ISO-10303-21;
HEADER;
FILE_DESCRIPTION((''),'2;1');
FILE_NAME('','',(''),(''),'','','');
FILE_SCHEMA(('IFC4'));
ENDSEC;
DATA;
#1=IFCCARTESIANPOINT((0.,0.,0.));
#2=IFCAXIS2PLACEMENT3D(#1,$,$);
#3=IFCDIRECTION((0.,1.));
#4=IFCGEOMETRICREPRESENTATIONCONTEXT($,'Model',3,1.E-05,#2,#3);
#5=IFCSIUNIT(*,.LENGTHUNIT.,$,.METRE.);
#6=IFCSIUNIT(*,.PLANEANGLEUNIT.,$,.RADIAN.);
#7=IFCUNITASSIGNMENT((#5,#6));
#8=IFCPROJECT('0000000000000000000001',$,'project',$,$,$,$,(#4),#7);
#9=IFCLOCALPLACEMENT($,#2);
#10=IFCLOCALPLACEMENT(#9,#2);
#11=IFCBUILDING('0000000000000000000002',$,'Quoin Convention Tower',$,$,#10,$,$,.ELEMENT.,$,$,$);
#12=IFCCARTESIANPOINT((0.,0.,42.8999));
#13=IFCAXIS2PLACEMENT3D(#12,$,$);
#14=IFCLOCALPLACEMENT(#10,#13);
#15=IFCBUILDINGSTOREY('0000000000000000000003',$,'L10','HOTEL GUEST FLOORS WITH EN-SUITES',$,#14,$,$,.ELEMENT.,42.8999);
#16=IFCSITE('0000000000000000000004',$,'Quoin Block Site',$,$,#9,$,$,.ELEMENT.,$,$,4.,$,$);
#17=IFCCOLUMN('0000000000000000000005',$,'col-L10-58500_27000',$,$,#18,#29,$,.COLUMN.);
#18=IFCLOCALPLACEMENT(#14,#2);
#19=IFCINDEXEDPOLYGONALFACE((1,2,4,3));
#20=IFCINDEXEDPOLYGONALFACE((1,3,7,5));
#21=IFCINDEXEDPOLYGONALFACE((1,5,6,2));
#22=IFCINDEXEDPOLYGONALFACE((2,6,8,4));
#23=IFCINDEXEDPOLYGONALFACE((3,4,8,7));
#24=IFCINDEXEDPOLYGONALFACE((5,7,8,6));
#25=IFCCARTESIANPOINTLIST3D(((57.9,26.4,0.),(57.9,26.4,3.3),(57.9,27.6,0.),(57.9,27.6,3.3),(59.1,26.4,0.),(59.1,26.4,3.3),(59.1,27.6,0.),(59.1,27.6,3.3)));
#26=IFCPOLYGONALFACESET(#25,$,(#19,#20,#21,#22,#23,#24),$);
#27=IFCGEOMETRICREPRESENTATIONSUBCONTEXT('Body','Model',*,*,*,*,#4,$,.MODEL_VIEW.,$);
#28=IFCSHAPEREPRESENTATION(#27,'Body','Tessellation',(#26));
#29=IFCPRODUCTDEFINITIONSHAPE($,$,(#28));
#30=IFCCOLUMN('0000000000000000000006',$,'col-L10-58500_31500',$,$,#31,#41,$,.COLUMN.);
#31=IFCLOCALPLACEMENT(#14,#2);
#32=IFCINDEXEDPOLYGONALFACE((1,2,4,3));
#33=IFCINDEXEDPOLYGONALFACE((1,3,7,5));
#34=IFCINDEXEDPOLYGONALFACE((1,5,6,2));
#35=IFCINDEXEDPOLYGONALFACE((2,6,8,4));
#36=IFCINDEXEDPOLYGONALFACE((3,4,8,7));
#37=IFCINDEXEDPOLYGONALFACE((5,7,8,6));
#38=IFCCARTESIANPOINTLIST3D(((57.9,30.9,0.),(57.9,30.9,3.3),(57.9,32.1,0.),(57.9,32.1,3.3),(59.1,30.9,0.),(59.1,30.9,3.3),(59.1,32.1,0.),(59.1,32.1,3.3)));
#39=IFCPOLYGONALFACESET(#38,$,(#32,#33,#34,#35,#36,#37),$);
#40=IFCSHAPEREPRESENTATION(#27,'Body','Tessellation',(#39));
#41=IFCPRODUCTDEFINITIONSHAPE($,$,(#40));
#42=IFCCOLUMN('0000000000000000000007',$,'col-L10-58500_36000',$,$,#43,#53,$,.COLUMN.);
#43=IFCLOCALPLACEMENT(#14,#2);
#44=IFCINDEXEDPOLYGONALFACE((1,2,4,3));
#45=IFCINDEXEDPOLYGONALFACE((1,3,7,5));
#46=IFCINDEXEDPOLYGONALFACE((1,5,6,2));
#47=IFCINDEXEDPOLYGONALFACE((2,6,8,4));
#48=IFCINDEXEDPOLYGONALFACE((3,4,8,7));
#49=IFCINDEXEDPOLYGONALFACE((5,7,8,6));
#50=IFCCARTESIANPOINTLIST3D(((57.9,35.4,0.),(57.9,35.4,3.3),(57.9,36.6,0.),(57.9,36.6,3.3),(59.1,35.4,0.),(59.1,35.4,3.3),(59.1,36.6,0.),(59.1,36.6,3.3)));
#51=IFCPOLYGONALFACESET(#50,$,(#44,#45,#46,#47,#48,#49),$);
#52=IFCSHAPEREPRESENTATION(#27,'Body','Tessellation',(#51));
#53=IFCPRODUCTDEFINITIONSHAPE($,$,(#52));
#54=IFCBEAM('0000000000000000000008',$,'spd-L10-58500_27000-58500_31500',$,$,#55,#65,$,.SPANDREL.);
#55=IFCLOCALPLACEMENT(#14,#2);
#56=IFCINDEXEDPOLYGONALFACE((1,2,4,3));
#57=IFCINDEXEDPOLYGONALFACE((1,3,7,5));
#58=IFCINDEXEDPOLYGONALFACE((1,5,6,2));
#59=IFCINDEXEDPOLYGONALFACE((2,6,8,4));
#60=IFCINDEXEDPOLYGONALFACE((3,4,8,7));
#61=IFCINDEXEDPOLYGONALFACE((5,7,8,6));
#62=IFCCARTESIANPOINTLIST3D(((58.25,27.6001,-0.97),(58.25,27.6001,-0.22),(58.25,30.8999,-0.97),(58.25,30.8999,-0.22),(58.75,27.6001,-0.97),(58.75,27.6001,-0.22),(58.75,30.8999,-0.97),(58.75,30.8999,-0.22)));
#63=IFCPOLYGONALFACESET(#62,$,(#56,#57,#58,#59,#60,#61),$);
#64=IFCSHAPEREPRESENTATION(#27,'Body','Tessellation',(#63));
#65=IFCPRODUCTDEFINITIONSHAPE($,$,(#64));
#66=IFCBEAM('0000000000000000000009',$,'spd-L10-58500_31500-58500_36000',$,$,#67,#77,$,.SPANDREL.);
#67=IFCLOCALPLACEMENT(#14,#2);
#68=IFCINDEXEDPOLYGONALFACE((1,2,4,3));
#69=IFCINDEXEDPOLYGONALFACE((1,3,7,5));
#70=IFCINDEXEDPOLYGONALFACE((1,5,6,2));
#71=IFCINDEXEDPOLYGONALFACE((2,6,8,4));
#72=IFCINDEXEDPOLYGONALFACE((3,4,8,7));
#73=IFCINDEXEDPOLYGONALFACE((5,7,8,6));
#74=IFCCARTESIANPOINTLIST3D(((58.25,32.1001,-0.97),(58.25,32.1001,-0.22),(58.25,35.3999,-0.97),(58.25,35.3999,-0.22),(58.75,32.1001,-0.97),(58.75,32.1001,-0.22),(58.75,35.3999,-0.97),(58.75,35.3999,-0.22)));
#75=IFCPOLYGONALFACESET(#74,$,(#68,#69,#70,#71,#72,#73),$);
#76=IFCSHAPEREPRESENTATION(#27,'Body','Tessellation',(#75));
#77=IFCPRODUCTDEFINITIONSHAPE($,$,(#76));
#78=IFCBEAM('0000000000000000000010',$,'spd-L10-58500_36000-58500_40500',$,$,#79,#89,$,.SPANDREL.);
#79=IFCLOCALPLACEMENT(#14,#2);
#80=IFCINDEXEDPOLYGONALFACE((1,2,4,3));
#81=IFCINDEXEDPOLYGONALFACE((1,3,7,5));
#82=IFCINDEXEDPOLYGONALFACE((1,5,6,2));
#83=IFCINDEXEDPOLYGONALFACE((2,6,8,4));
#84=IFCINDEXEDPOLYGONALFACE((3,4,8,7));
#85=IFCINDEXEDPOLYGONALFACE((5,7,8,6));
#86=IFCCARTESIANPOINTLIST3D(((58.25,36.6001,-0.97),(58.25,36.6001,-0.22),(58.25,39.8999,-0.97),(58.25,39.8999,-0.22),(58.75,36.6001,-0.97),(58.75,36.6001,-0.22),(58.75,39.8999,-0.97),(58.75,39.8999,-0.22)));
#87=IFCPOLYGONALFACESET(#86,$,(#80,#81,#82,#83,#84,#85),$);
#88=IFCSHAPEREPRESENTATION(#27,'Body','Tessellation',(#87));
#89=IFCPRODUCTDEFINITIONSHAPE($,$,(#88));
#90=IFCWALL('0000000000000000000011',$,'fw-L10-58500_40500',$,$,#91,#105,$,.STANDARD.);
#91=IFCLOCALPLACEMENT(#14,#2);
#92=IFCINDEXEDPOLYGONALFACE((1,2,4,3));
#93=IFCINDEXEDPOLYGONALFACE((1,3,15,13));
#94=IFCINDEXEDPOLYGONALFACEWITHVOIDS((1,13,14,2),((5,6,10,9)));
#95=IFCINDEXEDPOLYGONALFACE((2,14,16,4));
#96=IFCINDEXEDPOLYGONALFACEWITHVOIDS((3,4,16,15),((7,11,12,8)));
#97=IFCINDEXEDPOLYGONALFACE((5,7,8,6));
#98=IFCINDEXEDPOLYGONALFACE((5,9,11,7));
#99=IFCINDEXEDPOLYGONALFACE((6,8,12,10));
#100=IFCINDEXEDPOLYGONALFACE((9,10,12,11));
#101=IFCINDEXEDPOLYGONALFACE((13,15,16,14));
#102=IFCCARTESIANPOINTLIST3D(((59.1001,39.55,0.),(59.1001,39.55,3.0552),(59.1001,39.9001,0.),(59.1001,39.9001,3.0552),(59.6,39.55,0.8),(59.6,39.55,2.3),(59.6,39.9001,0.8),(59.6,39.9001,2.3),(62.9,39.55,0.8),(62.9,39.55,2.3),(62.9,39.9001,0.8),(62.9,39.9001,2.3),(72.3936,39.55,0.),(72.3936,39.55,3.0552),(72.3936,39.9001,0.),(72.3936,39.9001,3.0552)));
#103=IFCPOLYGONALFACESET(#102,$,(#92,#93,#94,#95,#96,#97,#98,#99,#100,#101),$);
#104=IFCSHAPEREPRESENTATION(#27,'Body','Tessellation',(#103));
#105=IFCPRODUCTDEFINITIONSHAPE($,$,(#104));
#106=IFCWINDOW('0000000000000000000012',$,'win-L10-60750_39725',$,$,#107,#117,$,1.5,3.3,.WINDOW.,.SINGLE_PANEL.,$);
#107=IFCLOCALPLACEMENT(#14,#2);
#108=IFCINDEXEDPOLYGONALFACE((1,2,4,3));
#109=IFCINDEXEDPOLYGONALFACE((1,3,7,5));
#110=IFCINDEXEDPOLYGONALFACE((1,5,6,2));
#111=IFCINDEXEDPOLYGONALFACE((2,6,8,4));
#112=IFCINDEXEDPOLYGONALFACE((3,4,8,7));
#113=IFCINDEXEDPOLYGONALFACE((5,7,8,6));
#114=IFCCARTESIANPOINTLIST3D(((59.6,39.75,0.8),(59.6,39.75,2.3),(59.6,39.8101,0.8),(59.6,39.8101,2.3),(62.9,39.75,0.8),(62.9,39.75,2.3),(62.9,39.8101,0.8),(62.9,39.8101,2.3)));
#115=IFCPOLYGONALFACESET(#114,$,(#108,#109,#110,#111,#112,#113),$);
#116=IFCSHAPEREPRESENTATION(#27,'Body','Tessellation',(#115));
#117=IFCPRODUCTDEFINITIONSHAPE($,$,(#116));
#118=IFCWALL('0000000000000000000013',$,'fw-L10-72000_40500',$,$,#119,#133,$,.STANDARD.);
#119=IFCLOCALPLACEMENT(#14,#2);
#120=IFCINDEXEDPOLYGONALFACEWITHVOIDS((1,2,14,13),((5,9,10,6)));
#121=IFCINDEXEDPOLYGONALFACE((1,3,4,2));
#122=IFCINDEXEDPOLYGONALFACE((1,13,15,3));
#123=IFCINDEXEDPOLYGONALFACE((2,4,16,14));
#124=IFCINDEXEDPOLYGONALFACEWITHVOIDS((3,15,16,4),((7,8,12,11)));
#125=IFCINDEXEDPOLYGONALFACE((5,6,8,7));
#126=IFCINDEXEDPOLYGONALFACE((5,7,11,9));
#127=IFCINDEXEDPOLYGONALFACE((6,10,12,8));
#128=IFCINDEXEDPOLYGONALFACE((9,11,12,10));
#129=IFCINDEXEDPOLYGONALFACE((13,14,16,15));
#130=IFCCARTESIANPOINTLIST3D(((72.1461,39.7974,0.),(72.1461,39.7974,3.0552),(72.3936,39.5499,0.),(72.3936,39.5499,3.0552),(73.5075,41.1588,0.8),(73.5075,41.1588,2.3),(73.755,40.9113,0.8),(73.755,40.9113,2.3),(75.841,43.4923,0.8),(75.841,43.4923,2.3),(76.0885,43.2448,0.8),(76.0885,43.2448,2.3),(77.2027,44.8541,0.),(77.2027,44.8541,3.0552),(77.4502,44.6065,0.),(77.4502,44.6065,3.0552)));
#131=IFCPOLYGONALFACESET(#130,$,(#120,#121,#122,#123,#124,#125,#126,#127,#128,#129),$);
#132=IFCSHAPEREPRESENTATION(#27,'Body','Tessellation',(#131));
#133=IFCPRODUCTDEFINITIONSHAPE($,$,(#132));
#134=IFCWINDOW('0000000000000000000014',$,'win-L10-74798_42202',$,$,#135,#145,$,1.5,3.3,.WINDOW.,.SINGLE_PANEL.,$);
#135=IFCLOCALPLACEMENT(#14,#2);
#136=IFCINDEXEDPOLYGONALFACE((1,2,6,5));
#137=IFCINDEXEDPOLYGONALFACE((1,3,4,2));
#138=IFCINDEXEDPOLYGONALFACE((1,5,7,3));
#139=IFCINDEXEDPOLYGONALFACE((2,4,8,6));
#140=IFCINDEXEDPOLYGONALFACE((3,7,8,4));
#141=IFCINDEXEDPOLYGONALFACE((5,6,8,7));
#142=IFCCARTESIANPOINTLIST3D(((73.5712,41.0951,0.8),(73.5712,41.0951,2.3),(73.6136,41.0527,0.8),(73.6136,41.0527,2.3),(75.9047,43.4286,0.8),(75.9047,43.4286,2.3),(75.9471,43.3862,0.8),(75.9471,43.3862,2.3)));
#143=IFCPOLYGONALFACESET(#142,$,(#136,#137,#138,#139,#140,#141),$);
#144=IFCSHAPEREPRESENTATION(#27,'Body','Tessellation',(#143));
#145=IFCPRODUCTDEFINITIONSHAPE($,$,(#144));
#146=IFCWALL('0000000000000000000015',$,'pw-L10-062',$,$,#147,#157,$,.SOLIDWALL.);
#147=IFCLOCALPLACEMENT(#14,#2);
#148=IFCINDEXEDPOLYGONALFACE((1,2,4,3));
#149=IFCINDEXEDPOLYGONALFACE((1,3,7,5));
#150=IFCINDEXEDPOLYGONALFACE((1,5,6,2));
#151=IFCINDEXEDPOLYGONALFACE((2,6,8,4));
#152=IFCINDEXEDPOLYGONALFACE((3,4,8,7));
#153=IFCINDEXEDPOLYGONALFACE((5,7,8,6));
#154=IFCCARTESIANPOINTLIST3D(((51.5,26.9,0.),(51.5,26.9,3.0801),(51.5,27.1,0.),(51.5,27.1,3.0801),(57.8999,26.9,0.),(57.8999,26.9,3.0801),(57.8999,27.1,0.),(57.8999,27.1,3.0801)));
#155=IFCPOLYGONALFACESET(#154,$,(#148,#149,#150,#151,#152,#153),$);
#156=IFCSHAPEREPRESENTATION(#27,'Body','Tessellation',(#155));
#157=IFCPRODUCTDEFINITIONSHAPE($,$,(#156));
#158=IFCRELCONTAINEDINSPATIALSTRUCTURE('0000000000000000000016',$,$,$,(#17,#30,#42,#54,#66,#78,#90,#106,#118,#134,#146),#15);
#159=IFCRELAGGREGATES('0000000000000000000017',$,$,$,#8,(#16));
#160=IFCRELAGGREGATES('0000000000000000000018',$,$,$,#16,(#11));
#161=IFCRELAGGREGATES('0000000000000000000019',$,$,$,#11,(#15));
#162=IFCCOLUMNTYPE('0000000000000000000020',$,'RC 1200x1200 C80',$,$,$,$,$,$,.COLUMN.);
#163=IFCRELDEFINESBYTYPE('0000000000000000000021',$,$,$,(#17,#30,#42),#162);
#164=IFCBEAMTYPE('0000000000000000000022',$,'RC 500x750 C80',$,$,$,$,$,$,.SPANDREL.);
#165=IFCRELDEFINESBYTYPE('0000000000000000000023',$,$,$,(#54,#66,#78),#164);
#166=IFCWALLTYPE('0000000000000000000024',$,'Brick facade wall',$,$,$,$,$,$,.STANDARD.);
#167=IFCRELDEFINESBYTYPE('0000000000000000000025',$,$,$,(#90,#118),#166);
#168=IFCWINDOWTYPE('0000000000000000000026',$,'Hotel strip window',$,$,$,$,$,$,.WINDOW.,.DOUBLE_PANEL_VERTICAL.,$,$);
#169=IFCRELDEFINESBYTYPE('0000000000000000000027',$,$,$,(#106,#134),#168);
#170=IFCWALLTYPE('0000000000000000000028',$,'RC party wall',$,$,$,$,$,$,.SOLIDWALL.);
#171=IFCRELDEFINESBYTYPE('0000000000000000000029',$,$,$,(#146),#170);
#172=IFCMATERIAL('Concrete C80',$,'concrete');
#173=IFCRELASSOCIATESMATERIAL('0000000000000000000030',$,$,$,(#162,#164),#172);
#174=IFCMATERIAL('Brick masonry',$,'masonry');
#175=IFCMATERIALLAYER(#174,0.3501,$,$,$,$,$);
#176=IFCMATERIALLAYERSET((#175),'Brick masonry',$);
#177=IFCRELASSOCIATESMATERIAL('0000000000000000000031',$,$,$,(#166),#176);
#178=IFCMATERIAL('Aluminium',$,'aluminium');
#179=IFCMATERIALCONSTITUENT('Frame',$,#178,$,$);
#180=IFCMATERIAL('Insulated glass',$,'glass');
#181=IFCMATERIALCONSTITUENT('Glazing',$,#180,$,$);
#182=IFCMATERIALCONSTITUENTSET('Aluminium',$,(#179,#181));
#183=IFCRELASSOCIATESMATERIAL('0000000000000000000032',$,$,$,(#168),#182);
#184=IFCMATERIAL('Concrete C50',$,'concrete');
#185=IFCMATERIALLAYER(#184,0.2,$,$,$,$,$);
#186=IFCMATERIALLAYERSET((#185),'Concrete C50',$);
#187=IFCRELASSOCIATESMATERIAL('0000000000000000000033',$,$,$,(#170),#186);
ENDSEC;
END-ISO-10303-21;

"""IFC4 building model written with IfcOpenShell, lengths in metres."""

from ifc_helpers import new_model, si_unit, direction, frame, frame_2d, origin, origin_2d, place, context, subcontext, project, spatial, rectangle, extrude, material, layer, layer_set, constituent, constituent_set, material_profile, profile_set, type_object, element, fill, save


model = new_model("IFC4")

# Units and contexts
model_context = context("Model", 3, precision=1e-05, world=origin(), true_north=direction((0.0, 1.0)))
body_context = subcontext(model_context, "Body", "Model", "MODEL_VIEW")
ifc_project = project(units=[si_unit("LENGTHUNIT", "METRE"), si_unit("PLANEANGLEUNIT", "RADIAN")], contexts=[model_context])

# Site, building, storey
site_placement = place(None, origin())
site = spatial("IfcSite", under=ifc_project, at=site_placement, Name="Quoin Block Site", CompositionType="ELEMENT", RefElevation=4.0)
building_placement = place(site_placement, origin())
building = spatial("IfcBuilding", under=site, at=building_placement, Name="Quoin Convention Tower", CompositionType="ELEMENT")
storey_placement = place(building_placement, frame((0.0, 0.0, 42.8999)))
storey = spatial("IfcBuildingStorey", under=building, at=storey_placement, Name="L10", Description="HOTEL GUEST FLOORS WITH EN-SUITES", CompositionType="ELEMENT", Elevation=42.8999)

# Columns
ifc_material_1 = material(Name="Concrete C80", Category="concrete")
ifc_material_profile_1 = material_profile(ifc_material_1, rectangle(XDim=1.2, YDim=1.2, at=origin_2d()), Name="RC 1200x1200")
ifc_profile_set_1 = profile_set([ifc_material_profile_1], Name="Concrete C80")
column_type = type_object("IfcColumnType", Name="RC 1200x1200 C80", PredefinedType="COLUMN", material=ifc_profile_set_1)
for number, where, z_axis, x_axis, name in (
    (1, (58.5, 27.0, 0.0), (0.0, 0.0, 1.0), (1.0, 0.0, 0.0), "col-L10-58500_27000"),
    (2, (58.5, 31.5, 0.0), (0.0, 0.0, 1.0), (1.0, 0.0, 0.0), "col-L10-58500_31500"),
    (3, (58.5, 36.0, 0.0), (0.0, 0.0, 1.0), (1.0, 0.0, 0.0), "col-L10-58500_36000"),
):
    element("IfcColumn", number, at=place(storey_placement, frame(where, z_axis=z_axis, x_axis=x_axis)), inside=storey, type_object=column_type, Name=name, PredefinedType="COLUMN", context=body_context, shape_type="SweptSolid", body=[
        extrude(rectangle(XDim=1.2, YDim=1.2, at=origin_2d()), origin(), (0.0, 0.0, 1.0), 3.3),
    ])

# Beams
ifc_material_profile_2 = material_profile(ifc_material_1, rectangle(XDim=0.5, YDim=0.75, at=origin_2d()), Name="RC 500x750")
ifc_profile_set_2 = profile_set([ifc_material_profile_2], Name="Concrete C80")
beam_type = type_object("IfcBeamType", Name="RC 500x750 C80", PredefinedType="SPANDREL", material=ifc_profile_set_2)
for number, where, z_axis, x_axis, name in (
    (4, (58.5, 27.6001, -0.595), (0.0, 1.0, 0.0), (-1.0, 0.0, 0.0), "spd-L10-58500_27000-58500_31500"),
    (5, (58.5, 32.1001, -0.595), (0.0, 1.0, 0.0), (-1.0, 0.0, 0.0), "spd-L10-58500_31500-58500_36000"),
    (6, (58.5, 36.6001, -0.595), (0.0, 1.0, 0.0), (-1.0, 0.0, 0.0), "spd-L10-58500_36000-58500_40500"),
):
    element("IfcBeam", number, at=place(storey_placement, frame(where, z_axis=z_axis, x_axis=x_axis)), inside=storey, type_object=beam_type, Name=name, PredefinedType="SPANDREL", context=body_context, shape_type="SweptSolid", body=[
        extrude(rectangle(XDim=0.5, YDim=0.75, at=origin_2d()), origin(), (0.0, 0.0, 1.0), 3.2998),
    ])

# Walls, openings, windows
ifc_material_2 = material(Name="Brick masonry", Category="masonry")
ifc_layer_1 = layer(ifc_material_2, 0.3501)
ifc_layer_set_1 = layer_set([ifc_layer_1], Name="Brick masonry")
wall_type_1 = type_object("IfcWallType", Name="Brick facade wall", PredefinedType="STANDARD", material=ifc_layer_set_1)
wall_1_placement = place(storey_placement, frame((59.1001, 39.7251, 0.0), z_axis=(0.0, 0.0, 1.0), x_axis=(1.0, 0.0, 0.0)))
wall_1 = element("IfcWall", 7, at=wall_1_placement, inside=storey, type_object=wall_type_1, Name="fw-L10-58500_40500", PredefinedType="STANDARD", context=body_context, shape_type="SweptSolid", body=[
    extrude(rectangle(XDim=13.2935, YDim=0.3501, at=frame_2d((6.6467, 0.0))), origin(), (0.0, 0.0, 1.0), 3.0552),
])
opening_1_placement = place(wall_1_placement, frame((0.5, 0.0, 0.8)))
opening_1 = element("IfcOpeningElement", 8, at=opening_1_placement, cuts=wall_1, PredefinedType="OPENING", context=body_context, shape_type="SweptSolid", body=[
    extrude(rectangle(XDim=3.3, YDim=1.5, at=frame_2d((1.6499, 0.75))), frame((0.0, 0.1851, 0.0), z_axis=(0.0, -1.0, 0.0), x_axis=(1.0, 0.0, 0.0)), (0.0, 0.0, 1.0), 0.3701),
])
ifc_material_3 = material(Name="Aluminium", Category="aluminium")
ifc_constituent_1 = constituent(ifc_material_3, Name="Frame")
ifc_material_4 = material(Name="Insulated glass", Category="glass")
ifc_constituent_2 = constituent(ifc_material_4, Name="Glazing")
ifc_constituent_set = constituent_set(constituents=[ifc_constituent_1, ifc_constituent_2], Name="Aluminium")
window_type = type_object("IfcWindowType", Name="Hotel strip window", PartitioningType="DOUBLE_PANEL_VERTICAL", PredefinedType="WINDOW", material=ifc_constituent_set)
window_1_placement = place(opening_1_placement, origin())
window_1 = element("IfcWindow", 9, at=window_1_placement, inside=storey, type_object=window_type, Name="win-L10-60750_39725", OverallHeight=1.5, OverallWidth=3.3, PartitioningType="SINGLE_PANEL", PredefinedType="WINDOW", context=body_context, shape_type="SweptSolid", body=[
    extrude(rectangle(XDim=3.3, YDim=1.5, at=frame_2d((1.6499, 0.75))), frame((0.0, 0.085, 0.0), z_axis=(0.0, -1.0, 0.0), x_axis=(1.0, 0.0, 0.0)), (0.0, 0.0, 1.0), 0.0601),
])
fill(opening_1, window_1)
wall_2_placement = place(storey_placement, frame((72.2698, 39.6736, 0.0), z_axis=(0.0, 0.0, 1.0), x_axis=(0.707107, 0.707107, 0.0)))
wall_2 = element("IfcWall", 10, at=wall_2_placement, inside=storey, type_object=wall_type_1, Name="fw-L10-72000_40500", PredefinedType="STANDARD", context=body_context, shape_type="SweptSolid", body=[
    extrude(rectangle(XDim=7.1511, YDim=0.3501, at=frame_2d((3.5757, 0.0))), origin(), (0.0, 0.0, 1.0), 3.0552),
])
opening_2_placement = place(wall_2_placement, frame((1.9255, 0.0, 0.8)))
opening_2 = element("IfcOpeningElement", 11, at=opening_2_placement, cuts=wall_2, PredefinedType="OPENING", context=body_context, shape_type="SweptSolid", body=[
    extrude(rectangle(XDim=3.3, YDim=1.5, at=frame_2d((1.6499, 0.75))), frame((0.0, 0.1851, 0.0), z_axis=(0.0, -1.0, 0.0), x_axis=(1.0, 0.0, 0.0)), (0.0, 0.0, 1.0), 0.3701),
])
window_2_placement = place(opening_2_placement, origin())
window_2 = element("IfcWindow", 12, at=window_2_placement, inside=storey, type_object=window_type, Name="win-L10-74798_42202", OverallHeight=1.5, OverallWidth=3.3, PartitioningType="SINGLE_PANEL", PredefinedType="WINDOW", context=body_context, shape_type="SweptSolid", body=[
    extrude(rectangle(XDim=3.3, YDim=1.5, at=frame_2d((1.6499, 0.75))), frame((0.0, 0.085, 0.0), z_axis=(0.0, -1.0, 0.0), x_axis=(1.0, 0.0, 0.0)), (0.0, 0.0, 1.0), 0.0601),
])
fill(opening_2, window_2)

# Wall
ifc_material_5 = material(Name="Concrete C50", Category="concrete")
ifc_layer_2 = layer(ifc_material_5, 0.2)
ifc_layer_set_2 = layer_set([ifc_layer_2], Name="Concrete C50")
wall_type_2 = type_object("IfcWallType", Name="RC party wall", PredefinedType="SOLIDWALL", material=ifc_layer_set_2)
wall_3_placement = place(storey_placement, frame((51.5, 27.0, 0.0), z_axis=(0.0, 0.0, 1.0), x_axis=(1.0, 0.0, 0.0)))
element("IfcWall", 13, at=wall_3_placement, inside=storey, type_object=wall_type_2, Name="pw-L10-062", PredefinedType="SOLIDWALL", context=body_context, shape_type="SweptSolid", body=[
    extrude(rectangle(XDim=6.3999, YDim=0.2, at=frame_2d((3.2, 0.0))), origin(), (0.0, 0.0, 1.0), 3.0801),
])

save(model, "model.ifc")
